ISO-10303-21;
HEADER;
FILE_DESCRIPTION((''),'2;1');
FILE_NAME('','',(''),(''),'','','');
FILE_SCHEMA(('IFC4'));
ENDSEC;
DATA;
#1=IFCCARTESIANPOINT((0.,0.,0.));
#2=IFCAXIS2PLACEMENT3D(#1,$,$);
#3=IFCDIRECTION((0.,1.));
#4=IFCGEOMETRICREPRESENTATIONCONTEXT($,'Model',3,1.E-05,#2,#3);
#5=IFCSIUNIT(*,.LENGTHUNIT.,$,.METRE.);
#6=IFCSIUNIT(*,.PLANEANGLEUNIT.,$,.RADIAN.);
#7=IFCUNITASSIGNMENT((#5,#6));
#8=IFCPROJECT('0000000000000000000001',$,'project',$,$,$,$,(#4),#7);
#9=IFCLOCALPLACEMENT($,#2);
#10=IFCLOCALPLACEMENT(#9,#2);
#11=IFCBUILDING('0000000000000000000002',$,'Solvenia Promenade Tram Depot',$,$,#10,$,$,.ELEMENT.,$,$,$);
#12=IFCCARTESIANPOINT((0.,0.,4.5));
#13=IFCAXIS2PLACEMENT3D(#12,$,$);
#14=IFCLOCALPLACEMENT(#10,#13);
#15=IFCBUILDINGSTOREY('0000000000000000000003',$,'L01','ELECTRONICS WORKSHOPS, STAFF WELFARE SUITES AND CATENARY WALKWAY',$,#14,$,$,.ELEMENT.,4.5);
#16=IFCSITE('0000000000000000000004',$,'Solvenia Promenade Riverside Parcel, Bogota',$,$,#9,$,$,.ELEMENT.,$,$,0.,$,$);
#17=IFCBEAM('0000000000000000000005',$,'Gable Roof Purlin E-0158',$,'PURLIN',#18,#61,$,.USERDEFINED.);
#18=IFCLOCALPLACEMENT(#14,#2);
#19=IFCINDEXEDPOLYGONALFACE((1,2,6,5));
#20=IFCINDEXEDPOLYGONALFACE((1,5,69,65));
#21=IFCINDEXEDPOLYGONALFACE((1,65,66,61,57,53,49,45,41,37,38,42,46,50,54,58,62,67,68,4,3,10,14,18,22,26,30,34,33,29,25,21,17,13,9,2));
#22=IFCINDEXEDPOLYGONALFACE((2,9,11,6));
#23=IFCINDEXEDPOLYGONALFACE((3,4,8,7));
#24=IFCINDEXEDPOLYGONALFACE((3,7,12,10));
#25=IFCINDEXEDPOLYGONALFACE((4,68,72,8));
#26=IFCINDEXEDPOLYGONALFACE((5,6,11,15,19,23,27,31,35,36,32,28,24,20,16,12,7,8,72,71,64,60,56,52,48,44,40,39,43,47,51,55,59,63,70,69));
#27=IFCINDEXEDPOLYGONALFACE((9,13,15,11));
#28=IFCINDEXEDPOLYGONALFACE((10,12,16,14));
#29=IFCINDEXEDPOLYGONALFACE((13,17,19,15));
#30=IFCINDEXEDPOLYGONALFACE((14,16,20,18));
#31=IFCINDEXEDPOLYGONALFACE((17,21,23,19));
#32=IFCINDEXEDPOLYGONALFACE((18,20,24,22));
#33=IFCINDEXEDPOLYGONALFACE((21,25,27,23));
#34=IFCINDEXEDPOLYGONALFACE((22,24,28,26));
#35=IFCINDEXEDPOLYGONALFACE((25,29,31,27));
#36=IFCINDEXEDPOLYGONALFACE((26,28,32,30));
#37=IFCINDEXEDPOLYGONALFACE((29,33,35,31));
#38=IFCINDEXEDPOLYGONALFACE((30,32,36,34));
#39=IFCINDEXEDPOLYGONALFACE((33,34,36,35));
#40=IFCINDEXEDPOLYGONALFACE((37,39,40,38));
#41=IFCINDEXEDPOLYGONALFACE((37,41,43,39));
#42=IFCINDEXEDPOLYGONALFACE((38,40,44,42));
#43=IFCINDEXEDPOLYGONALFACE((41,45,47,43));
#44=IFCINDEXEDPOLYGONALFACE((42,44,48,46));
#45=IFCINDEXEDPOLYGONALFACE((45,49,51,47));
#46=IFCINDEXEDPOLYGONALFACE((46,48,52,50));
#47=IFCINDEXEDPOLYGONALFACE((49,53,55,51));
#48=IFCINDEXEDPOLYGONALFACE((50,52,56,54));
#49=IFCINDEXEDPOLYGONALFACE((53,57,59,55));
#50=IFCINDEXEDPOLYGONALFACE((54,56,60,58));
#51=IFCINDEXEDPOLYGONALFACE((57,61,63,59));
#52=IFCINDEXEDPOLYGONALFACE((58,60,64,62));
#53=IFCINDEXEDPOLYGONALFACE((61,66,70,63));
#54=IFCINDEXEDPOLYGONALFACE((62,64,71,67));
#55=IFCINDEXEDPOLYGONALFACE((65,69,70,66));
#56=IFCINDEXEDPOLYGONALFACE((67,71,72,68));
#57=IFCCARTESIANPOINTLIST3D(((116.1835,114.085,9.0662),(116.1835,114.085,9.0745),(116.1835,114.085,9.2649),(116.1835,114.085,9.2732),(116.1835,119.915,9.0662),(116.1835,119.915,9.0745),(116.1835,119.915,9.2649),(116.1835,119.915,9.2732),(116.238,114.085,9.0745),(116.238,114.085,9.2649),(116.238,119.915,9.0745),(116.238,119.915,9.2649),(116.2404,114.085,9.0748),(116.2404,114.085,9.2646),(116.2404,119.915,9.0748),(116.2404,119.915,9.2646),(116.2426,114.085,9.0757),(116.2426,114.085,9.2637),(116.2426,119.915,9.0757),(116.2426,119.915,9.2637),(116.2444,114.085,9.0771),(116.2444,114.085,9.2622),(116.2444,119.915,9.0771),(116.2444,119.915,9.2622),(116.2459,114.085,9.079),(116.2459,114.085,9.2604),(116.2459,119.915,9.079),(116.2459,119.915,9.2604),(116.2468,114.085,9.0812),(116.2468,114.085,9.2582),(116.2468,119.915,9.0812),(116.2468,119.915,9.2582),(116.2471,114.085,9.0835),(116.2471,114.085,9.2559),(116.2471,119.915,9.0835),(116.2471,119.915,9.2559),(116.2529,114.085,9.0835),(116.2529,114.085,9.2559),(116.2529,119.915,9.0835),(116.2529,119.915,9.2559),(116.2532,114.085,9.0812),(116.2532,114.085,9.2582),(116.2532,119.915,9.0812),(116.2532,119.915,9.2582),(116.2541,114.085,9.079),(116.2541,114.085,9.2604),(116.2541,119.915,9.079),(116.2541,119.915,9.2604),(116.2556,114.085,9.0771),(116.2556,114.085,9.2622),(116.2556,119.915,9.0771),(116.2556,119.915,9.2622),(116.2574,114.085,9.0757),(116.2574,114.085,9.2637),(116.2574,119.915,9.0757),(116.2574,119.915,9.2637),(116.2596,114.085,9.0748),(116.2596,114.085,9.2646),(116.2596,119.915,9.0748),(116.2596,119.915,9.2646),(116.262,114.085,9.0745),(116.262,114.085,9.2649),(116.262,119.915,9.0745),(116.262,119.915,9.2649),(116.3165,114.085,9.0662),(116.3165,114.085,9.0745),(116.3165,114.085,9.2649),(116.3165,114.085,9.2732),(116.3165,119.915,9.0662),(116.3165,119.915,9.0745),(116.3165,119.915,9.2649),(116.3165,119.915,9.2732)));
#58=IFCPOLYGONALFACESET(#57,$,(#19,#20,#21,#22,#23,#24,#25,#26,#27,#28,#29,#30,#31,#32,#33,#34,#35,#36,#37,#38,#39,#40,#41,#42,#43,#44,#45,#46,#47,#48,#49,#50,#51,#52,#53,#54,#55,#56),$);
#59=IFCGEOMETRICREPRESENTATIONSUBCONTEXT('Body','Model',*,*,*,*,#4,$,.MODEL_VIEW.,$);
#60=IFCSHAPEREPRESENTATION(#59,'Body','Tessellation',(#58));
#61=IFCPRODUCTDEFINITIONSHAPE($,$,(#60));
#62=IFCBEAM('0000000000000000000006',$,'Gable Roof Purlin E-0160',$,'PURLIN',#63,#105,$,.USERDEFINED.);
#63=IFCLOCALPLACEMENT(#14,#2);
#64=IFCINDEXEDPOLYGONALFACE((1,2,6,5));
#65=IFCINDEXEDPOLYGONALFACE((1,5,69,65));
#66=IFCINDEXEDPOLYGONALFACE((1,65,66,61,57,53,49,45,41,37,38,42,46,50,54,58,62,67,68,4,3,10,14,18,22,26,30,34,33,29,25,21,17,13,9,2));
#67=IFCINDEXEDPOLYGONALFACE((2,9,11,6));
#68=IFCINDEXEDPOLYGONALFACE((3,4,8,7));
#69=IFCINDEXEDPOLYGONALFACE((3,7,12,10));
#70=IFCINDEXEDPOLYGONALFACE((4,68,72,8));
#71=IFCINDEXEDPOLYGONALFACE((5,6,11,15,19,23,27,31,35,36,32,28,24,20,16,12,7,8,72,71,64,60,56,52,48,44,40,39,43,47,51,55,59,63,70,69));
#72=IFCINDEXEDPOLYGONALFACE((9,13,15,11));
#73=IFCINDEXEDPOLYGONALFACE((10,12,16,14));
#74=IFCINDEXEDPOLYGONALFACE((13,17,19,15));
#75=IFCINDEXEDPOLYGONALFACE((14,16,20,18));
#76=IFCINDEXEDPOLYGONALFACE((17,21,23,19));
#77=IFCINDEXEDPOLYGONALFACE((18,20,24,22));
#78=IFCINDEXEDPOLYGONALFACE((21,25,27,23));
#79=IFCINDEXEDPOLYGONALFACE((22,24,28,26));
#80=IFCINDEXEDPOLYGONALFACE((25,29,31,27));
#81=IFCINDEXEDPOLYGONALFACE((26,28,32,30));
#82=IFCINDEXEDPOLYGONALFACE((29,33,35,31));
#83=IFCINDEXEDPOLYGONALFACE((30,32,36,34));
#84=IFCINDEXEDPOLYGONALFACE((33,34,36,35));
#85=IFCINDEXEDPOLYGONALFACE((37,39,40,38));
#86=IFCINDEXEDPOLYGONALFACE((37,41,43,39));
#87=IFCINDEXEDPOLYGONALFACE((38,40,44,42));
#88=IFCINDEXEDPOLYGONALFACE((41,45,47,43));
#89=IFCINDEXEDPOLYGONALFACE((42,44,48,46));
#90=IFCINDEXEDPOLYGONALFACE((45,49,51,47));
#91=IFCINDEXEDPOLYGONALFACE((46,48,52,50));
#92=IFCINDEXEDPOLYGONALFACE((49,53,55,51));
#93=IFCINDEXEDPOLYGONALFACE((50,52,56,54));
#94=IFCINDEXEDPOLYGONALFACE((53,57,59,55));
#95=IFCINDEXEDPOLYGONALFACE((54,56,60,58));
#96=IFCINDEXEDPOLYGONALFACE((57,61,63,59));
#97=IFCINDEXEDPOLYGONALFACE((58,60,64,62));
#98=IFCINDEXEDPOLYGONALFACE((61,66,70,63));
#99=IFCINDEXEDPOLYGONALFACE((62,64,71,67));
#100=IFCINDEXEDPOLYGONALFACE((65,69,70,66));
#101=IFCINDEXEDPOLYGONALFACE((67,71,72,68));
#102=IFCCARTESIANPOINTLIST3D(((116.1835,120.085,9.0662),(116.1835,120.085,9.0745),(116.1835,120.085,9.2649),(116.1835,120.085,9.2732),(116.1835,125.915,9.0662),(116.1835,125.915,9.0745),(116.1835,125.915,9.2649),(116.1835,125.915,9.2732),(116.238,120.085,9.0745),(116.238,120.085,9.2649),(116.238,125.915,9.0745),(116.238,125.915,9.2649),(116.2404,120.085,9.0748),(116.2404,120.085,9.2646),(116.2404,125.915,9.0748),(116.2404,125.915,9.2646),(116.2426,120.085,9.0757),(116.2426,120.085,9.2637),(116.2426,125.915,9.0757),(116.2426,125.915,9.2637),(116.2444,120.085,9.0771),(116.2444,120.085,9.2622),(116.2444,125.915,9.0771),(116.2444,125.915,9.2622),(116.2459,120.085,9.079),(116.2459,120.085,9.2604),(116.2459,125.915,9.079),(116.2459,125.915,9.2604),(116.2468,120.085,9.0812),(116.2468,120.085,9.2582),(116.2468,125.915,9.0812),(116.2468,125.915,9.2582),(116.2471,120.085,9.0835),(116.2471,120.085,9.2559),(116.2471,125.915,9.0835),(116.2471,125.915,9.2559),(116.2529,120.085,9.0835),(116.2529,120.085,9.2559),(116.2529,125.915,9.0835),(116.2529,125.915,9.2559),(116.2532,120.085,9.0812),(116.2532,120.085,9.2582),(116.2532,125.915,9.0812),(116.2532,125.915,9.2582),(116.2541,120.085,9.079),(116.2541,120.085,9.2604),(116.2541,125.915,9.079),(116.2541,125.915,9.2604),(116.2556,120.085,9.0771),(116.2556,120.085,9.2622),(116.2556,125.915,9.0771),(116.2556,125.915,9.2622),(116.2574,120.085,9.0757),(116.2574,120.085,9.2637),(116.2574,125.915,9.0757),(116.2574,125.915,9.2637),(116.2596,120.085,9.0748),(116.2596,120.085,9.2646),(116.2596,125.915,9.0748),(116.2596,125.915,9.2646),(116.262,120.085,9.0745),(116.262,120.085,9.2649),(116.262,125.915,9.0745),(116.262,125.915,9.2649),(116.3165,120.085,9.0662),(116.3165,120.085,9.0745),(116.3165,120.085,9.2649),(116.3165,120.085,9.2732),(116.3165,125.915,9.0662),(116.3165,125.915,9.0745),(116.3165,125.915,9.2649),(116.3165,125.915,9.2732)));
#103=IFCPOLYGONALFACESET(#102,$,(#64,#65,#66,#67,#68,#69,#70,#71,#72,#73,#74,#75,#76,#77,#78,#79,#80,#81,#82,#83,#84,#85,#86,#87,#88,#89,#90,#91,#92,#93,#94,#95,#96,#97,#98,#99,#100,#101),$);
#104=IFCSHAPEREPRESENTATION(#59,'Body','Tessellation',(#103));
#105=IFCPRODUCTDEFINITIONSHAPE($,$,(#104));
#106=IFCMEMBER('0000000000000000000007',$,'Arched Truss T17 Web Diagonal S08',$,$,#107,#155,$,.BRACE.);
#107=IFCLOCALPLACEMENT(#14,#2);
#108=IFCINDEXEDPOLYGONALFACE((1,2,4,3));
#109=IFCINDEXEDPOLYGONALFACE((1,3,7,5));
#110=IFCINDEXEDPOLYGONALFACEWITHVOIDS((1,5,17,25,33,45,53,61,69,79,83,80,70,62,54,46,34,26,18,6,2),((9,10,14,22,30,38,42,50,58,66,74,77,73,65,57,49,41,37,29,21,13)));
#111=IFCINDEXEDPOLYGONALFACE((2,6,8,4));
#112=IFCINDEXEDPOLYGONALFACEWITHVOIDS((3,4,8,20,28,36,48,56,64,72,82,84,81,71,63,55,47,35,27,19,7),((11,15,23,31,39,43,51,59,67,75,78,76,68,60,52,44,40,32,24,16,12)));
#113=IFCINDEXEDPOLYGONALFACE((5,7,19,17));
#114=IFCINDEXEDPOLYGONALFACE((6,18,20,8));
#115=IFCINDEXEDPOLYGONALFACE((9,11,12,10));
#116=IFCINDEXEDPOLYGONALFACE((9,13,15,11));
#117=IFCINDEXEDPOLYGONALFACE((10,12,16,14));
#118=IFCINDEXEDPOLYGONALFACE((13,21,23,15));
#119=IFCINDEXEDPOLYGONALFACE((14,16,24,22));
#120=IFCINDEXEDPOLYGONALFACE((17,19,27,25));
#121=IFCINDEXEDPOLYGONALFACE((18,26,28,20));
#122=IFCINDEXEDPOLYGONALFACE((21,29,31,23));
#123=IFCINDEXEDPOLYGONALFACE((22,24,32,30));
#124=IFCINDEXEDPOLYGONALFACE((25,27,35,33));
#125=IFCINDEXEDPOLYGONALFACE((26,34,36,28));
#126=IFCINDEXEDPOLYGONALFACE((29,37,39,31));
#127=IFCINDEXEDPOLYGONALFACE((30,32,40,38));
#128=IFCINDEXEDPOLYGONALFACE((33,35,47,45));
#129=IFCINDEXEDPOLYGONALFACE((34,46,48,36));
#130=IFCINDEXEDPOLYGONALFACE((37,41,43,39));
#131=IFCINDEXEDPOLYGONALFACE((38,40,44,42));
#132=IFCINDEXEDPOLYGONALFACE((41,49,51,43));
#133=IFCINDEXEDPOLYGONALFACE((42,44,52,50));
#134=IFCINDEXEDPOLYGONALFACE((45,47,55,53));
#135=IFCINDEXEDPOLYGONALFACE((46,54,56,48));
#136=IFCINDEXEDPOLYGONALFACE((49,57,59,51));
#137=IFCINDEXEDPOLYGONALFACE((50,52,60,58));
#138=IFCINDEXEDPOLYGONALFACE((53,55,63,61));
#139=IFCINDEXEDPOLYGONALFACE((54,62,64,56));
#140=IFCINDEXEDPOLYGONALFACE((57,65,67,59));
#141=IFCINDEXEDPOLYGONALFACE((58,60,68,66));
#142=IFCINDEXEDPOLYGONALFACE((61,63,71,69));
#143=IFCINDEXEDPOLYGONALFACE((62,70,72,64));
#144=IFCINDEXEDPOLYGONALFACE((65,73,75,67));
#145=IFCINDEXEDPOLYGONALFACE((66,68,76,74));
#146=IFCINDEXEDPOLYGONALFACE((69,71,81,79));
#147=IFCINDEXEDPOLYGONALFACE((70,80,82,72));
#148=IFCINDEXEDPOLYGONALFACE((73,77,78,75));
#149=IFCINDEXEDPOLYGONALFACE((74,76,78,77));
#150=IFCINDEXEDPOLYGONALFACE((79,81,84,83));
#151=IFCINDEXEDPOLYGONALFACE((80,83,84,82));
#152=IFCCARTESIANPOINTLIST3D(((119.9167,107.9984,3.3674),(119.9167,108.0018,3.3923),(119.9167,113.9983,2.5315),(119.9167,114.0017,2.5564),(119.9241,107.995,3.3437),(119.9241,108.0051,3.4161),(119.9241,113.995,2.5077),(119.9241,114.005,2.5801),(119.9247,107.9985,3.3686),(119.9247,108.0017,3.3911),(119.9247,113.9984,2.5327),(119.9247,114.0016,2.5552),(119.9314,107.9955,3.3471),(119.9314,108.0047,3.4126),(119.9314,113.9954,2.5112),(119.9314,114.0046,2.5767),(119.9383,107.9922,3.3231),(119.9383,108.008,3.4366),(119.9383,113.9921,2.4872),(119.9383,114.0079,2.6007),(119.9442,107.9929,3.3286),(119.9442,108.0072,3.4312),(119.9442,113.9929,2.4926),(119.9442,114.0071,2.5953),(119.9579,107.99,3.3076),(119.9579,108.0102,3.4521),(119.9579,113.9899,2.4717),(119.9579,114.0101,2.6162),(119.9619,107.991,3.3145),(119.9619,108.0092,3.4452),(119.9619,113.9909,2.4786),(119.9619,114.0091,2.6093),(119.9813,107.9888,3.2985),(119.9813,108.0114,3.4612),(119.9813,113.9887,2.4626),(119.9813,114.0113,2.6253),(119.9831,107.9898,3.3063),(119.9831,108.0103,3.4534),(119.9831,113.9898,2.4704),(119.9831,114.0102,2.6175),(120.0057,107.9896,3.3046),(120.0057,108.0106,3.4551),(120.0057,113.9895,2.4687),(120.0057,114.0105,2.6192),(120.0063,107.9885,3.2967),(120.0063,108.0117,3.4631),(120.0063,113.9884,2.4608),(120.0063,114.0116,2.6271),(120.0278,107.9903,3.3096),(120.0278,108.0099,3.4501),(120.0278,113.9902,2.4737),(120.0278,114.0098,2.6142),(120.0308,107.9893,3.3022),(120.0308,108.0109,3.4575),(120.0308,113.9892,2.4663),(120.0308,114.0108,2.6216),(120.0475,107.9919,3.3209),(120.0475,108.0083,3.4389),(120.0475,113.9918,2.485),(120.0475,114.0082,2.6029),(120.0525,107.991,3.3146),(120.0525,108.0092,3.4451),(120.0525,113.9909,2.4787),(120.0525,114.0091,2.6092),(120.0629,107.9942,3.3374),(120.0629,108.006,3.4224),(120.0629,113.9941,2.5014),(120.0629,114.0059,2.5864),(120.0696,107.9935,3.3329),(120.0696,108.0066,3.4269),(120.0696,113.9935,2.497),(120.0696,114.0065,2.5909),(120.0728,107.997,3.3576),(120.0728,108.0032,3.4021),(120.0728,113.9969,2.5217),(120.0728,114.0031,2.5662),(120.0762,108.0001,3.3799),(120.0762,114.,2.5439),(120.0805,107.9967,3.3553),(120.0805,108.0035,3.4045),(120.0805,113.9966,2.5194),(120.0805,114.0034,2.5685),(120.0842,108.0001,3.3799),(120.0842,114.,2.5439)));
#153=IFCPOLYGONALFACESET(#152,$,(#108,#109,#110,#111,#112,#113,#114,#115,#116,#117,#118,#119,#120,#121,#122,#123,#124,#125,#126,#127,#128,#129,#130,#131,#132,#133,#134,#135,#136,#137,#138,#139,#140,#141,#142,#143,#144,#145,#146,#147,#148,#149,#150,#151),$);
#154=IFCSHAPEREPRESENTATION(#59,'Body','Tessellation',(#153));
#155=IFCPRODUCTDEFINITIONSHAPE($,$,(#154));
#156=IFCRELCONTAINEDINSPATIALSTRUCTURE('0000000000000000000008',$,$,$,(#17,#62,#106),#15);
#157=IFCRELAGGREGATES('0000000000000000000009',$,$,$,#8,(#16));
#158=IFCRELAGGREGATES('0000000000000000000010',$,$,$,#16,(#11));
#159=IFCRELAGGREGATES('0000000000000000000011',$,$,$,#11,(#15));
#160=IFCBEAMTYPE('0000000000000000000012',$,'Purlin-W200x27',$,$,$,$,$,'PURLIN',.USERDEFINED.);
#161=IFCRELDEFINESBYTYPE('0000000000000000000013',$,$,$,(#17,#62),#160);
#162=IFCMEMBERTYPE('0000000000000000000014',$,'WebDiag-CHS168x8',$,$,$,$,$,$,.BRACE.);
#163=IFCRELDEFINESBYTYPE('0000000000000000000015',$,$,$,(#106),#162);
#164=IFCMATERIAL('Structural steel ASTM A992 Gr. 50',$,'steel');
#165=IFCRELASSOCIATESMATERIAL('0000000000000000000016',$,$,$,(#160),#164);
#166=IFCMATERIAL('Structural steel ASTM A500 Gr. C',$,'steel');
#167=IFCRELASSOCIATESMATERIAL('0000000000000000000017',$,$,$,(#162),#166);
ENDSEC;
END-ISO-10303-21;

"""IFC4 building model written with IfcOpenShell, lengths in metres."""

from ifc_helpers import new_model, si_unit, direction, frame, origin, origin_2d, place, context, subcontext, project, spatial, hollow_circle, i_section, extrude, material, material_profile, profile_set, type_object, element, save


model = new_model("IFC4")

# Units and contexts
model_context = context("Model", 3, precision=1e-05, world=origin(), true_north=direction((0.0, 1.0)))
body_context = subcontext(model_context, "Body", "Model", "MODEL_VIEW")
ifc_project = project(units=[si_unit("LENGTHUNIT", "METRE"), si_unit("PLANEANGLEUNIT", "RADIAN")], contexts=[model_context])

# Site, building, storey
site_placement = place(None, origin())
site = spatial("IfcSite", under=ifc_project, at=site_placement, Name="Solvenia Promenade Riverside Parcel, Bogota", CompositionType="ELEMENT", RefElevation=0.0)
building_placement = place(site_placement, origin())
building = spatial("IfcBuilding", under=site, at=building_placement, Name="Solvenia Promenade Tram Depot", CompositionType="ELEMENT")
storey_placement = place(building_placement, frame((0.0, 0.0, 4.5)))
storey = spatial("IfcBuildingStorey", under=building, at=storey_placement, Name="L01", Description="ELECTRONICS WORKSHOPS, STAFF WELFARE SUITES AND CATENARY WALKWAY", CompositionType="ELEMENT", Elevation=4.5)

# Shared definitions
ifc_material_1 = material(Name="Structural steel ASTM A500 Gr. C", Category="steel")

# Beams
ifc_material_2 = material(Name="Structural steel ASTM A992 Gr. 50", Category="steel")
ifc_material_profile_1 = material_profile(ifc_material_2, i_section(OverallWidth=0.1331, OverallDepth=0.207, WebThickness=0.0059, FlangeThickness=0.0083, FilletRadius=0.009, at=origin_2d()), Name="W200x27", Category="steel")
ifc_profile_set_1 = profile_set([ifc_material_profile_1], Name="Structural steel ASTM A992 Gr. 50")
beam_type = type_object("IfcBeamType", Name="Purlin-W200x27", ElementType="PURLIN", PredefinedType="USERDEFINED", material=ifc_profile_set_1)
for number, where, z_axis, x_axis, name in (
    (1, (116.25, 114.085, 9.1697), (0.0, 1.0, 0.0), (-1.0, 0.0, 0.0), "Gable Roof Purlin E-0158"),
    (2, (116.25, 120.085, 9.1697), (0.0, 1.0, 0.0), (-1.0, 0.0, 0.0), "Gable Roof Purlin E-0160"),
):
    element("IfcBeam", number, at=place(storey_placement, frame(where, z_axis=z_axis, x_axis=x_axis)), inside=storey, type_object=beam_type, Name=name, ObjectType="PURLIN", PredefinedType="USERDEFINED", context=body_context, shape_type="SweptSolid", body=[
        extrude(i_section(OverallWidth=0.1331, OverallDepth=0.207, WebThickness=0.0059, FlangeThickness=0.0083, FilletRadius=0.009, at=origin_2d()), origin(), (0.0, 0.0, 1.0), 5.8301),
    ])

# Member
ifc_material_profile_2 = material_profile(ifc_material_1, hollow_circle(Radius=0.0842, WallThickness=0.0081, at=origin_2d()), Name="CHS168.3x8", Category="steel")
ifc_profile_set_2 = profile_set([ifc_material_profile_2], Name="Structural steel ASTM A500 Gr. C")
member_type_1 = type_object("IfcMemberType", Name="WebDiag-CHS168x8", PredefinedType="BRACE", material=ifc_profile_set_2)
member_1_placement = place(storey_placement, frame((120.0, 114.0, 2.5439), z_axis=(0.0, -0.990434, 0.13799), x_axis=(1.0, 0.0, 0.0)))
element("IfcMember", 3, at=member_1_placement, inside=storey, type_object=member_type_1, Name="Arched Truss T17 Web Diagonal S08", PredefinedType="BRACE", context=body_context, shape_type="SweptSolid", body=[
    extrude(hollow_circle(Radius=0.0842, WallThickness=0.0081, at=origin_2d()), origin(), (0.0, 0.0, 1.0), 6.0579),
])

save(model, "model.ifc")
